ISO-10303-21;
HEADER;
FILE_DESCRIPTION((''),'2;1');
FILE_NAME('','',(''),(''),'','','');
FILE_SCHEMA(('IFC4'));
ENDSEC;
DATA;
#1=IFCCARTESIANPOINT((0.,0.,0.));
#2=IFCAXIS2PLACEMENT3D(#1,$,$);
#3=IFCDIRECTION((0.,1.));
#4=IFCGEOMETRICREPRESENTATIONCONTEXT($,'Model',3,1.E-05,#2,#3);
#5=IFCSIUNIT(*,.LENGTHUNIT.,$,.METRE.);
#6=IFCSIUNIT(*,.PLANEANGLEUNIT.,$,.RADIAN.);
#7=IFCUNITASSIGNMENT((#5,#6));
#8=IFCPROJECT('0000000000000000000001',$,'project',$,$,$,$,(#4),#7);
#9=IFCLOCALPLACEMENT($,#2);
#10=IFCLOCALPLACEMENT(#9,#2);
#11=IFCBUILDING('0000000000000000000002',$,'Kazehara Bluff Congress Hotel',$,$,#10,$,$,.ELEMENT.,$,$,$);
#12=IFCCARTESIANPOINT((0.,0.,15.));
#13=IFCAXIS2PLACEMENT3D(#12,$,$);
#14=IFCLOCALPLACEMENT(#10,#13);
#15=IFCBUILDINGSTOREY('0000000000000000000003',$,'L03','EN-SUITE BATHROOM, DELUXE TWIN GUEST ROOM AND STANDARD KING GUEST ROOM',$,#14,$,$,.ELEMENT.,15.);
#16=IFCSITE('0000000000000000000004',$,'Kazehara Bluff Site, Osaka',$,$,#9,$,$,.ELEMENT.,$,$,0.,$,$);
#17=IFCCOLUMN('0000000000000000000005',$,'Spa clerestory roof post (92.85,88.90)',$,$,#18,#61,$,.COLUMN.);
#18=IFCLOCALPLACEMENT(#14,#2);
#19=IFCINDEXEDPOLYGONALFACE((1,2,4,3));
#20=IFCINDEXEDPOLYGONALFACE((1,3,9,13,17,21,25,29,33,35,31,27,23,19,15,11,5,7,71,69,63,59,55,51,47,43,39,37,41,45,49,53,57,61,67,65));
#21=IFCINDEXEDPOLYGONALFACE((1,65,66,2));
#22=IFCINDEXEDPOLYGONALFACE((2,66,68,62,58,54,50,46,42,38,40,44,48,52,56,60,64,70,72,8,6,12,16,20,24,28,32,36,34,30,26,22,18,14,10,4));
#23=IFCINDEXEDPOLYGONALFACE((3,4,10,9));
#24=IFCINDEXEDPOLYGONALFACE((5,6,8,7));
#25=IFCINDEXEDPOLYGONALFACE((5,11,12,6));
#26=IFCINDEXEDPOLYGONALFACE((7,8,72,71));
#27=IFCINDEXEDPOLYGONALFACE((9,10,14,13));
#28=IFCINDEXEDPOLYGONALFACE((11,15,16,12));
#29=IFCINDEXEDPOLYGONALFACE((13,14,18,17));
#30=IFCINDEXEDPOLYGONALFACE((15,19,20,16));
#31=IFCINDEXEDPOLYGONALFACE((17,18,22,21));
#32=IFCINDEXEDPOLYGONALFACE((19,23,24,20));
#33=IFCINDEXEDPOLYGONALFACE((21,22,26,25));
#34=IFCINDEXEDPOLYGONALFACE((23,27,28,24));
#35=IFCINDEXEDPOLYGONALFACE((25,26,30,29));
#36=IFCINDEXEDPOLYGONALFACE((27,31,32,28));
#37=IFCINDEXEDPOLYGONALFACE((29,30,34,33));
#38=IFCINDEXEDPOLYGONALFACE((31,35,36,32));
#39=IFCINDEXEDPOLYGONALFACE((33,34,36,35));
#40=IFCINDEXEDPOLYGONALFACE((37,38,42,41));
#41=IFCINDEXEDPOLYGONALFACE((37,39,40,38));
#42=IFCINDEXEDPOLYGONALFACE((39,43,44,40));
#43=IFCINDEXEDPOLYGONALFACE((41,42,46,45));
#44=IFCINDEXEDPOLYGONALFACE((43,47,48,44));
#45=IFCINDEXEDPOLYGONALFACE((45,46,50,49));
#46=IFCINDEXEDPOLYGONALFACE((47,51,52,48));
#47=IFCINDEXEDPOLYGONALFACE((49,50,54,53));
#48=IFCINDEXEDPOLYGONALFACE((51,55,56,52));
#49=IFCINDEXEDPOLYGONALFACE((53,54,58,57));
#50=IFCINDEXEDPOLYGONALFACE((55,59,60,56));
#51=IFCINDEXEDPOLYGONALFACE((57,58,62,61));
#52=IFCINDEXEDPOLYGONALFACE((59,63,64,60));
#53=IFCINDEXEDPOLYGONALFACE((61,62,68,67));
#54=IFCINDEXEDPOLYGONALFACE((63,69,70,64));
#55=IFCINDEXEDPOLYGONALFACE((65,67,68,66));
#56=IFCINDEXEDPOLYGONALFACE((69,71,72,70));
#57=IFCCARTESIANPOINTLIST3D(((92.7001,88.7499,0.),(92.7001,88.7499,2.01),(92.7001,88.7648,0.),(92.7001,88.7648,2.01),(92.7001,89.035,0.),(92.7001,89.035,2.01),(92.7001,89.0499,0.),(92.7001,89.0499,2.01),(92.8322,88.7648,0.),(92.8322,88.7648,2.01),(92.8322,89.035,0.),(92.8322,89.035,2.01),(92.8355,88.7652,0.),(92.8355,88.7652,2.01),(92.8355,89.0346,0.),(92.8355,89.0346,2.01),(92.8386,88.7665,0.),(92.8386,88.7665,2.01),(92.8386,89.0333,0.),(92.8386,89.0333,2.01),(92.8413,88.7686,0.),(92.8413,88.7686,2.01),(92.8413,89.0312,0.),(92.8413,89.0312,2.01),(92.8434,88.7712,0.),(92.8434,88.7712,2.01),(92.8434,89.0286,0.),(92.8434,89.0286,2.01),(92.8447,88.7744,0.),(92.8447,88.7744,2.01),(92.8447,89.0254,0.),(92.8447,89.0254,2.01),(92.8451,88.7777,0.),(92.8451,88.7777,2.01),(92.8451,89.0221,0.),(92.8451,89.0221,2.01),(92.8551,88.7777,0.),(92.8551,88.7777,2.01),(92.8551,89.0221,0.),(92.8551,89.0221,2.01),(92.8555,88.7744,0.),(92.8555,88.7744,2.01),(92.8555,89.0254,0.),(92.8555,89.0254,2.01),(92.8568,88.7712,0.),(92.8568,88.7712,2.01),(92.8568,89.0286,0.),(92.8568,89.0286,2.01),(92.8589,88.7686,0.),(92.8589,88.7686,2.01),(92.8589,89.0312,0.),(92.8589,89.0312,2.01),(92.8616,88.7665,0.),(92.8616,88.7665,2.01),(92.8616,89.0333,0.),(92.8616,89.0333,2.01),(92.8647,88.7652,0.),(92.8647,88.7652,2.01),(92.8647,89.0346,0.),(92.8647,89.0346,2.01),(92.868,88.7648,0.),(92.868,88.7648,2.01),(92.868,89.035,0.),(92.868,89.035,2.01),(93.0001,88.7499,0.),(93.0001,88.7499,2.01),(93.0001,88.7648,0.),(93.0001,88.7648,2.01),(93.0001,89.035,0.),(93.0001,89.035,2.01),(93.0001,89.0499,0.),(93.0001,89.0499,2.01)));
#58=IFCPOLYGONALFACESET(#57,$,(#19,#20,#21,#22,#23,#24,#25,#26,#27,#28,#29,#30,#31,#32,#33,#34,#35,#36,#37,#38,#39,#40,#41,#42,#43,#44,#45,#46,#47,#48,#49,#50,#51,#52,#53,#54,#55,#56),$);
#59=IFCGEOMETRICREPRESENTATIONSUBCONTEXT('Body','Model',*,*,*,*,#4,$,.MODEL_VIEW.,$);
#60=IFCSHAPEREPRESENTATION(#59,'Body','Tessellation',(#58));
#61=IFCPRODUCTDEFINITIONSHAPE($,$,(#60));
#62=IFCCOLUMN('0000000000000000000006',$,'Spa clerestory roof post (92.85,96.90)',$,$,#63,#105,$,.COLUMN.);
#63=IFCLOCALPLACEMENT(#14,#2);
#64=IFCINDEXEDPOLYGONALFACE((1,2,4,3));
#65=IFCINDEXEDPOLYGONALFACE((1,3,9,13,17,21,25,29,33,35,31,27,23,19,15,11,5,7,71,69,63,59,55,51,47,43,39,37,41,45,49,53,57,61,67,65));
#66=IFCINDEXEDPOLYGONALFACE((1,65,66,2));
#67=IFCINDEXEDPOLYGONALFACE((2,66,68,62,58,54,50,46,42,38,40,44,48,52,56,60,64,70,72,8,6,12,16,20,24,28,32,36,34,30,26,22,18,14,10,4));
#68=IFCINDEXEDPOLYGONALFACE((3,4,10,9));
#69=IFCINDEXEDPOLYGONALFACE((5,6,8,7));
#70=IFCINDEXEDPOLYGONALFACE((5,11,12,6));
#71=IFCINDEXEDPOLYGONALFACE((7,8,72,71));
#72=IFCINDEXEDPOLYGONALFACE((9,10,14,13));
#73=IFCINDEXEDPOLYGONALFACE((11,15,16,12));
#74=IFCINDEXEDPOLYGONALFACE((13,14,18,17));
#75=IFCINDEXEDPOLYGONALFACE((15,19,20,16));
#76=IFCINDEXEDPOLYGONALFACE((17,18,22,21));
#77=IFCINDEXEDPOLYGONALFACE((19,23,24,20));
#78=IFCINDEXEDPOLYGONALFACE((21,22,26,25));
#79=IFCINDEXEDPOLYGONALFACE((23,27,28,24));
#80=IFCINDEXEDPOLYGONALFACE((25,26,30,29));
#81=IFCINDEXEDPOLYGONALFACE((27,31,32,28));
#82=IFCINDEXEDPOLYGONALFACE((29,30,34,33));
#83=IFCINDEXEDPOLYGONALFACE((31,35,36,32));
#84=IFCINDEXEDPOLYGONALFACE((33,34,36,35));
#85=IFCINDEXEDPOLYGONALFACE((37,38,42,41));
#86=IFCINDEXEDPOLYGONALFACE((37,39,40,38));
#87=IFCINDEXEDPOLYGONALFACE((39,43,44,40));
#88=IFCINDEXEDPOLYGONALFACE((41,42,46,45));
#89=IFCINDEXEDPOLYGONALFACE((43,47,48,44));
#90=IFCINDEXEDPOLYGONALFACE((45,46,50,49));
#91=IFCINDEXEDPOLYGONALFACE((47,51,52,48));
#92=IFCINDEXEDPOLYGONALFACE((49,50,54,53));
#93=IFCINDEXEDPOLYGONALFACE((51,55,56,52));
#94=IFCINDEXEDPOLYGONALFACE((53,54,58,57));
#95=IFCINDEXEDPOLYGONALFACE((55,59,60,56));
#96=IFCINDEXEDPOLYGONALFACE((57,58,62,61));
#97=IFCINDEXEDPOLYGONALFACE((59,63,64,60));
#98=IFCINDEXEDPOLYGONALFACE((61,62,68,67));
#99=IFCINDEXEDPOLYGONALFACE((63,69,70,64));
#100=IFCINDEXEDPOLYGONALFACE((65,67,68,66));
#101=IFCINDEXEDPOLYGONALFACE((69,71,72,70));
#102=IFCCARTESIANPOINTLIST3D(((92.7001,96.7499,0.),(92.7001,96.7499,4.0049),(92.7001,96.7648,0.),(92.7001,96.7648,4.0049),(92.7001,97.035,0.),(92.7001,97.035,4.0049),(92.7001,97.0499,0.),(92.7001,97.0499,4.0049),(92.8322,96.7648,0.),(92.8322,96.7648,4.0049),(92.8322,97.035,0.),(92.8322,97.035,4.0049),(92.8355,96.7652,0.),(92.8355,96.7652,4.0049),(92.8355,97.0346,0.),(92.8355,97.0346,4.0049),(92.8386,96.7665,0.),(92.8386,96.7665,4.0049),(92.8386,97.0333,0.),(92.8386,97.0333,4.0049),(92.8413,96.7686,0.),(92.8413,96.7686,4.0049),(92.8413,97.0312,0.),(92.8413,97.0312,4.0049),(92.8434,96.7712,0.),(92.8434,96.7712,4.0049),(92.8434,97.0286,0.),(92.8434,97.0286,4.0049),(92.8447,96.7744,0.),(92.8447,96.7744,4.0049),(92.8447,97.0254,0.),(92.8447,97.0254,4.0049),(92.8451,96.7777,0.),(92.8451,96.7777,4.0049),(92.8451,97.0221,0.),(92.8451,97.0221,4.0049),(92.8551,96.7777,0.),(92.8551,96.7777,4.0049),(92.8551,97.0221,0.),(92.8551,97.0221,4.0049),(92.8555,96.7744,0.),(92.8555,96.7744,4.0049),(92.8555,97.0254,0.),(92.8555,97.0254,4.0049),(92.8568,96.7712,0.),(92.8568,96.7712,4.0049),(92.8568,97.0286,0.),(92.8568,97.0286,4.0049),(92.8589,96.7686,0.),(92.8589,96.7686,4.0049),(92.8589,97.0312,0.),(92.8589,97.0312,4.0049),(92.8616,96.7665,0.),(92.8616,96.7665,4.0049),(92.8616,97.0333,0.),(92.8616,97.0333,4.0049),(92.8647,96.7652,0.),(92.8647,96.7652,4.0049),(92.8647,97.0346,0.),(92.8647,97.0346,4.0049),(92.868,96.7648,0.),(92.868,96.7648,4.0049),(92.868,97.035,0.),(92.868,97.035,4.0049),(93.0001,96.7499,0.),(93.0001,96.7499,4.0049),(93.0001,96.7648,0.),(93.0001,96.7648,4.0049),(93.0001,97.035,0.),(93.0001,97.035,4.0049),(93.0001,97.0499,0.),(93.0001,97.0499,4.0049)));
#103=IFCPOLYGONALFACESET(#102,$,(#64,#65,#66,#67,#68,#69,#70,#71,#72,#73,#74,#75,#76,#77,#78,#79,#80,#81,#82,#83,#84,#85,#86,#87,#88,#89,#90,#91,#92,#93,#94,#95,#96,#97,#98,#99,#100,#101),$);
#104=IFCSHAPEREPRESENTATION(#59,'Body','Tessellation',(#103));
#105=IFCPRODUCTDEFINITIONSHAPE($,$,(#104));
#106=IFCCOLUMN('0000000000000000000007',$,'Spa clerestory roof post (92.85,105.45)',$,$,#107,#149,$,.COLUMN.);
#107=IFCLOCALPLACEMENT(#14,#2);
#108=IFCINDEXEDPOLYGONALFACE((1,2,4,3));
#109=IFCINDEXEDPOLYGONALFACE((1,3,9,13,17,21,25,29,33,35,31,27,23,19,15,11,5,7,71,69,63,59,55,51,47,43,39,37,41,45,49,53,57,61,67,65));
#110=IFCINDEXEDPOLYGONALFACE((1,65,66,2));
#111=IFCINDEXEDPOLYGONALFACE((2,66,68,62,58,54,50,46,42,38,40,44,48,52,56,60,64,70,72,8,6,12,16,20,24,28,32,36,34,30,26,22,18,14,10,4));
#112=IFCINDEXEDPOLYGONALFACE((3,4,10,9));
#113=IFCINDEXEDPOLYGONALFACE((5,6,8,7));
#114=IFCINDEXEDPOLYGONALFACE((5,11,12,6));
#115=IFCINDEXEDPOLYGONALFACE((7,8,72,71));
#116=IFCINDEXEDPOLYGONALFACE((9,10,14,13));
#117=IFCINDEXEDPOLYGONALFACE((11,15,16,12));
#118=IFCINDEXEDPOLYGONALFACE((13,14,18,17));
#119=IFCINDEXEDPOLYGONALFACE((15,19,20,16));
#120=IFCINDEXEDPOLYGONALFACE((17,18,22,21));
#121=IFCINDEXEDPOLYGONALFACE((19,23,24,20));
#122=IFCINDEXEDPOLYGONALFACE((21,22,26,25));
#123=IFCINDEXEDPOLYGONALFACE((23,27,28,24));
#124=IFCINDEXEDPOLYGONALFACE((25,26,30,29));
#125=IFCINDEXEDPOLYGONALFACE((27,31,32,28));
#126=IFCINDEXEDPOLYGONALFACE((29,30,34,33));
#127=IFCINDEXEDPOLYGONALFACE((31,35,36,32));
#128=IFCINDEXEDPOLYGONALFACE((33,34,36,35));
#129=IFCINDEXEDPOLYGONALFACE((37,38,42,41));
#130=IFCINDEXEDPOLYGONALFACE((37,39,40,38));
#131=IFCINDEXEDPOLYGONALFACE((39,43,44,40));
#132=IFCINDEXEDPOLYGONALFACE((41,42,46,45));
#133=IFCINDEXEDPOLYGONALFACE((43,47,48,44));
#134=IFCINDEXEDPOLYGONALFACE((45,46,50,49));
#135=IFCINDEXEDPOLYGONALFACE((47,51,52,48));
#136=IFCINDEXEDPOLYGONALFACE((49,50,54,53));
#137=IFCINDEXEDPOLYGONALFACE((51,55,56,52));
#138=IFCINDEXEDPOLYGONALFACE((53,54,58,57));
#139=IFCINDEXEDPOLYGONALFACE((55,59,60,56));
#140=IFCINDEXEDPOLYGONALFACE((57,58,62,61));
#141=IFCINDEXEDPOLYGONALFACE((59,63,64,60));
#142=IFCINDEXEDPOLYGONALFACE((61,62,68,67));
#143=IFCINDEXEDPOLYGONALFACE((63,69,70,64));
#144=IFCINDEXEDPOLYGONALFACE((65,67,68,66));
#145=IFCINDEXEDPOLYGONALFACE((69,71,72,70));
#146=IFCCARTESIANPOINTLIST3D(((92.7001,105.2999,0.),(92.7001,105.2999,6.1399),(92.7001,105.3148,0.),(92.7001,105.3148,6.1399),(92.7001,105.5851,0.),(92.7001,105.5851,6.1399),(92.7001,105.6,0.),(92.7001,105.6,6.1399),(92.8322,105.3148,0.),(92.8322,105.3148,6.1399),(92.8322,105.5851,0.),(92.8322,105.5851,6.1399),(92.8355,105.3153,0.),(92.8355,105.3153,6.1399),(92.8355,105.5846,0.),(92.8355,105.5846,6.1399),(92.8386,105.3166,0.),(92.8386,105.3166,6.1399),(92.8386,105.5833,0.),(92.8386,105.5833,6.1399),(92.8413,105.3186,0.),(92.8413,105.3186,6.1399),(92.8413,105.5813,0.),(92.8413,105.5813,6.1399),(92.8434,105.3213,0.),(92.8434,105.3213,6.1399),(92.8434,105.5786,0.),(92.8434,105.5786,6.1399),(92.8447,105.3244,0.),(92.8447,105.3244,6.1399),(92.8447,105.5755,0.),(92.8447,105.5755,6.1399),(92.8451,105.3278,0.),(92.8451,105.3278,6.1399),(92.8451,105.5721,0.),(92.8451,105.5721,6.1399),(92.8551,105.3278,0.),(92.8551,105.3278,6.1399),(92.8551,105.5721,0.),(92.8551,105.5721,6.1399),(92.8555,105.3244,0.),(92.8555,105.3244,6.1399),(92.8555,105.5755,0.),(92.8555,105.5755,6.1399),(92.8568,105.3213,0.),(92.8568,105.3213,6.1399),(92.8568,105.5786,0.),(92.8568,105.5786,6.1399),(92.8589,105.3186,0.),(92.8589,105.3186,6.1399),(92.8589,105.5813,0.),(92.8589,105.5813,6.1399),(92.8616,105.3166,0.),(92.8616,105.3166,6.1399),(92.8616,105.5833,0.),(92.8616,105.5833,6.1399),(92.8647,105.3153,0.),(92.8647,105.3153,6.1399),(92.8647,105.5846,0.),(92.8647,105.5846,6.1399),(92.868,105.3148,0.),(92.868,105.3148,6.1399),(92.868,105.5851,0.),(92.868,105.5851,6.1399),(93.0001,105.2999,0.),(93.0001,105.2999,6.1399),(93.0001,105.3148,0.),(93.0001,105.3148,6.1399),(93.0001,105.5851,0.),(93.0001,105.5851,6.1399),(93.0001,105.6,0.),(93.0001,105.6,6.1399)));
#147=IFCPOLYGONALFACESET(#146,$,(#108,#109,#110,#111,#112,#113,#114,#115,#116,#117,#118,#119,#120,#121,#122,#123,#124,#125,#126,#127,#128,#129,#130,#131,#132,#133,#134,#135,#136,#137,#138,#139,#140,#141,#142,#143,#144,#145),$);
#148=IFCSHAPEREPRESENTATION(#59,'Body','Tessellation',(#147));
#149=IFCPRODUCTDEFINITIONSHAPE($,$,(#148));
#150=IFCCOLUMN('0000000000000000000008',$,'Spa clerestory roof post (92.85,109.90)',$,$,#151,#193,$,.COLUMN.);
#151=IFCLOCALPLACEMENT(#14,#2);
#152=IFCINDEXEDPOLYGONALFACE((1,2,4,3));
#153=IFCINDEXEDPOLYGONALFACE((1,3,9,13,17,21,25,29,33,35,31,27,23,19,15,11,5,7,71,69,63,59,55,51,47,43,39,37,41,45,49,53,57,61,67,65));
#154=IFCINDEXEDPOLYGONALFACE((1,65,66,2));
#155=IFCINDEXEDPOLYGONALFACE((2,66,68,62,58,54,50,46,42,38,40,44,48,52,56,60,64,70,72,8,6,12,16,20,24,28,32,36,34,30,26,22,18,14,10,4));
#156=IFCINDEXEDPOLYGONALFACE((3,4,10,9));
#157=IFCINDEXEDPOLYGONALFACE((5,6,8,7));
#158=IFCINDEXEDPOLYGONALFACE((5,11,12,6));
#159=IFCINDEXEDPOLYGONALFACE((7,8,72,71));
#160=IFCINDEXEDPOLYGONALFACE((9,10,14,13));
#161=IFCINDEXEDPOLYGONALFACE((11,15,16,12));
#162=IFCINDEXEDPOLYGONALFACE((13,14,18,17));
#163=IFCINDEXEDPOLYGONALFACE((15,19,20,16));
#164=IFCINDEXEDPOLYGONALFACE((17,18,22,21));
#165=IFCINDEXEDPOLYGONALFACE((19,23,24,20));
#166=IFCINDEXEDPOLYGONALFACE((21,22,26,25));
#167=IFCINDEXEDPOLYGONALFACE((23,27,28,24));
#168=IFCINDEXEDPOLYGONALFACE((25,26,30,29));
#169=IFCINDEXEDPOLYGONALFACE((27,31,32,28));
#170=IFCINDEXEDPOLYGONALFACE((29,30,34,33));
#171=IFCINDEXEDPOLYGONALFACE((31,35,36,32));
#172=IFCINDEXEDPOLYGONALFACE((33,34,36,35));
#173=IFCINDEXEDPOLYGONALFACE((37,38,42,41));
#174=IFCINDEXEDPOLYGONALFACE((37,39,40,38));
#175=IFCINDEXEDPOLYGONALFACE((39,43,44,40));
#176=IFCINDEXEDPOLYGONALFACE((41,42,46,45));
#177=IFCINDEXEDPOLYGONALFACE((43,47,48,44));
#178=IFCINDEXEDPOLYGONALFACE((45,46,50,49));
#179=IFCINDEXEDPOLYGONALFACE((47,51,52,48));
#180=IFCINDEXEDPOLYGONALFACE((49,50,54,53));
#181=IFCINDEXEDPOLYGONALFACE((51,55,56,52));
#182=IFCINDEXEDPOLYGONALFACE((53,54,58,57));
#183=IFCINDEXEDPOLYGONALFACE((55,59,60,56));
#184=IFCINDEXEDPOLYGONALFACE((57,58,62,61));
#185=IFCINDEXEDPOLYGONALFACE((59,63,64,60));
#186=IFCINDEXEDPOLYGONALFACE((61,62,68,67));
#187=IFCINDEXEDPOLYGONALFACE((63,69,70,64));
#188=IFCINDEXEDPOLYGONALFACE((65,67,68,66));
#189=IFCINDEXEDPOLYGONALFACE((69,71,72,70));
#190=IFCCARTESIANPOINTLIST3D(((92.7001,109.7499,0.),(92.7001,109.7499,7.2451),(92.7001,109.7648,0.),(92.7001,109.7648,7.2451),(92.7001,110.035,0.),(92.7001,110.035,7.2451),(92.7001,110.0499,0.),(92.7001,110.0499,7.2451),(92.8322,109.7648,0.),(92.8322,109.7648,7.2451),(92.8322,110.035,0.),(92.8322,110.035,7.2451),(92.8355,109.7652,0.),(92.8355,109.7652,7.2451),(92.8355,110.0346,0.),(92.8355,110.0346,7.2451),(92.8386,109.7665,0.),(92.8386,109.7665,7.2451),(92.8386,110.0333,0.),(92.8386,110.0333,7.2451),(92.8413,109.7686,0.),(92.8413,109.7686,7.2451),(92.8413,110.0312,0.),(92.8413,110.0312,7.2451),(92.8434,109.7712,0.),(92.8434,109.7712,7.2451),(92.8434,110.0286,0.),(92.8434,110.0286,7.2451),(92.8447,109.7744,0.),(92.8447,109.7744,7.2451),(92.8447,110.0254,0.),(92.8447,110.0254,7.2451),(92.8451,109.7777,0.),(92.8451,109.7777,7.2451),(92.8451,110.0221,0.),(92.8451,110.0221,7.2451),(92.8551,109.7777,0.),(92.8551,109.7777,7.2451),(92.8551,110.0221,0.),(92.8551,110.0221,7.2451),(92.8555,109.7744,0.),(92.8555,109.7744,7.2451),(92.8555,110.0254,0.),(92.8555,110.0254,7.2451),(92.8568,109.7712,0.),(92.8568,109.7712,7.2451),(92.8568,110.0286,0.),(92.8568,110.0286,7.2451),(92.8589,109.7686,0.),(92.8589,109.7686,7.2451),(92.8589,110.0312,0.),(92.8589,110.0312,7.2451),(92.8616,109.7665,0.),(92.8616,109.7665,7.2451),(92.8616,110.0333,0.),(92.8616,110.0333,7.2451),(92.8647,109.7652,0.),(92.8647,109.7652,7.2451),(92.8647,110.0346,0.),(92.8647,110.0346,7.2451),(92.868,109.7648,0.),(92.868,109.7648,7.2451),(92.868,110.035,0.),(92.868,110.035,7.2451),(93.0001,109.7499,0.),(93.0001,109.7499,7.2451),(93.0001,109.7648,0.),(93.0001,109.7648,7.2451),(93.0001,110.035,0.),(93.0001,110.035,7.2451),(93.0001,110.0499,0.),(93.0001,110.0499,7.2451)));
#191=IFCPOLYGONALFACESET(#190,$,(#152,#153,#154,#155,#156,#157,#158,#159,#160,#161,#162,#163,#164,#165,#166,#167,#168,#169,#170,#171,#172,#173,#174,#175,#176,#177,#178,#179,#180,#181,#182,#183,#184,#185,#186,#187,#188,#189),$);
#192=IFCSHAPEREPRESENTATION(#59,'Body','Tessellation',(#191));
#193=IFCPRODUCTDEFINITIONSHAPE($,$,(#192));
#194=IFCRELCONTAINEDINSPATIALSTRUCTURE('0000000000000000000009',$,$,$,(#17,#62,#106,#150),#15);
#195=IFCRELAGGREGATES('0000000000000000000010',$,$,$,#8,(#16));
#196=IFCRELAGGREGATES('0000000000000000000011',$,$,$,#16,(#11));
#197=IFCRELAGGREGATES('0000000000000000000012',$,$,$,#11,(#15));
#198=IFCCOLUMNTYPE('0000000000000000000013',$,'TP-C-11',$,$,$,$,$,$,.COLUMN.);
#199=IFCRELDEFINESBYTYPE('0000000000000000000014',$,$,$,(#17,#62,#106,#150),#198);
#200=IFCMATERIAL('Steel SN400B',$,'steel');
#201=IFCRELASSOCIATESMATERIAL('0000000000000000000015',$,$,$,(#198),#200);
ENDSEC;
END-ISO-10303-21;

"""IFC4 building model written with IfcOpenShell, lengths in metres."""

from ifc_helpers import new_model, si_unit, direction, frame, origin, origin_2d, place, context, subcontext, project, spatial, i_section, extrude, material, material_profile, profile_set, type_object, element, save


model = new_model("IFC4")

# Units and contexts
model_context = context("Model", 3, precision=1e-05, world=origin(), true_north=direction((0.0, 1.0)))
body_context = subcontext(model_context, "Body", "Model", "MODEL_VIEW")
ifc_project = project(units=[si_unit("LENGTHUNIT", "METRE"), si_unit("PLANEANGLEUNIT", "RADIAN")], contexts=[model_context])

# Site, building, storey
site_placement = place(None, origin())
site = spatial("IfcSite", under=ifc_project, at=site_placement, Name="Kazehara Bluff Site, Osaka", CompositionType="ELEMENT", RefElevation=0.0)
building_placement = place(site_placement, origin())
building = spatial("IfcBuilding", under=site, at=building_placement, Name="Kazehara Bluff Congress Hotel", CompositionType="ELEMENT")
storey_placement = place(building_placement, frame((0.0, 0.0, 15.0)))
storey = spatial("IfcBuildingStorey", under=building, at=storey_placement, Name="L03", Description="EN-SUITE BATHROOM, DELUXE TWIN GUEST ROOM AND STANDARD KING GUEST ROOM", CompositionType="ELEMENT", Elevation=15.0)

# Columns
ifc_material_1 = material(Name="Steel SN400B", Category="steel")
ifc_material_profile_1 = material_profile(ifc_material_1, i_section(OverallWidth=0.3, OverallDepth=0.3, WebThickness=0.01, FlangeThickness=0.0149, FilletRadius=0.0129, at=origin_2d()))
ifc_profile_set_1 = profile_set([ifc_material_profile_1], Name="Steel SN400B")
column_type = type_object("IfcColumnType", Name="TP-C-11", PredefinedType="COLUMN", material=ifc_profile_set_1)
column_1_placement = place(storey_placement, frame((92.8501, 88.8999, 0.0), z_axis=(0.0, 0.0, 1.0), x_axis=(1.0, 0.0, 0.0)))
element("IfcColumn", 1, at=column_1_placement, inside=storey, type_object=column_type, Name="Spa clerestory roof post (92.85,88.90)", PredefinedType="COLUMN", context=body_context, shape_type="SweptSolid", body=[
    extrude(i_section(OverallWidth=0.3, OverallDepth=0.3, WebThickness=0.01, FlangeThickness=0.0149, FilletRadius=0.0129, at=origin_2d()), origin(), (0.0, 0.0, 1.0), 2.01),
])
column_2_placement = place(storey_placement, frame((92.8501, 96.8999, 0.0), z_axis=(0.0, 0.0, 1.0), x_axis=(1.0, 0.0, 0.0)))
element("IfcColumn", 2, at=column_2_placement, inside=storey, type_object=column_type, Name="Spa clerestory roof post (92.85,96.90)", PredefinedType="COLUMN", context=body_context, shape_type="SweptSolid", body=[
    extrude(i_section(OverallWidth=0.3, OverallDepth=0.3, WebThickness=0.01, FlangeThickness=0.0149, FilletRadius=0.0129, at=origin_2d()), origin(), (0.0, 0.0, 1.0), 4.0049),
])
column_3_placement = place(storey_placement, frame((92.8501, 105.45, 0.0), z_axis=(0.0, 0.0, 1.0), x_axis=(1.0, 0.0, 0.0)))
element("IfcColumn", 3, at=column_3_placement, inside=storey, type_object=column_type, Name="Spa clerestory roof post (92.85,105.45)", PredefinedType="COLUMN", context=body_context, shape_type="SweptSolid", body=[
    extrude(i_section(OverallWidth=0.3, OverallDepth=0.3, WebThickness=0.01, FlangeThickness=0.0149, FilletRadius=0.0129, at=origin_2d()), origin(), (0.0, 0.0, 1.0), 6.1399),
])
column_4_placement = place(storey_placement, frame((92.8501, 109.8999, 0.0), z_axis=(0.0, 0.0, 1.0), x_axis=(1.0, 0.0, 0.0)))
element("IfcColumn", 4, at=column_4_placement, inside=storey, type_object=column_type, Name="Spa clerestory roof post (92.85,109.90)", PredefinedType="COLUMN", context=body_context, shape_type="SweptSolid", body=[
    extrude(i_section(OverallWidth=0.3, OverallDepth=0.3, WebThickness=0.01, FlangeThickness=0.0149, FilletRadius=0.0129, at=origin_2d()), origin(), (0.0, 0.0, 1.0), 7.2451),
])

save(model, "model.ifc")
